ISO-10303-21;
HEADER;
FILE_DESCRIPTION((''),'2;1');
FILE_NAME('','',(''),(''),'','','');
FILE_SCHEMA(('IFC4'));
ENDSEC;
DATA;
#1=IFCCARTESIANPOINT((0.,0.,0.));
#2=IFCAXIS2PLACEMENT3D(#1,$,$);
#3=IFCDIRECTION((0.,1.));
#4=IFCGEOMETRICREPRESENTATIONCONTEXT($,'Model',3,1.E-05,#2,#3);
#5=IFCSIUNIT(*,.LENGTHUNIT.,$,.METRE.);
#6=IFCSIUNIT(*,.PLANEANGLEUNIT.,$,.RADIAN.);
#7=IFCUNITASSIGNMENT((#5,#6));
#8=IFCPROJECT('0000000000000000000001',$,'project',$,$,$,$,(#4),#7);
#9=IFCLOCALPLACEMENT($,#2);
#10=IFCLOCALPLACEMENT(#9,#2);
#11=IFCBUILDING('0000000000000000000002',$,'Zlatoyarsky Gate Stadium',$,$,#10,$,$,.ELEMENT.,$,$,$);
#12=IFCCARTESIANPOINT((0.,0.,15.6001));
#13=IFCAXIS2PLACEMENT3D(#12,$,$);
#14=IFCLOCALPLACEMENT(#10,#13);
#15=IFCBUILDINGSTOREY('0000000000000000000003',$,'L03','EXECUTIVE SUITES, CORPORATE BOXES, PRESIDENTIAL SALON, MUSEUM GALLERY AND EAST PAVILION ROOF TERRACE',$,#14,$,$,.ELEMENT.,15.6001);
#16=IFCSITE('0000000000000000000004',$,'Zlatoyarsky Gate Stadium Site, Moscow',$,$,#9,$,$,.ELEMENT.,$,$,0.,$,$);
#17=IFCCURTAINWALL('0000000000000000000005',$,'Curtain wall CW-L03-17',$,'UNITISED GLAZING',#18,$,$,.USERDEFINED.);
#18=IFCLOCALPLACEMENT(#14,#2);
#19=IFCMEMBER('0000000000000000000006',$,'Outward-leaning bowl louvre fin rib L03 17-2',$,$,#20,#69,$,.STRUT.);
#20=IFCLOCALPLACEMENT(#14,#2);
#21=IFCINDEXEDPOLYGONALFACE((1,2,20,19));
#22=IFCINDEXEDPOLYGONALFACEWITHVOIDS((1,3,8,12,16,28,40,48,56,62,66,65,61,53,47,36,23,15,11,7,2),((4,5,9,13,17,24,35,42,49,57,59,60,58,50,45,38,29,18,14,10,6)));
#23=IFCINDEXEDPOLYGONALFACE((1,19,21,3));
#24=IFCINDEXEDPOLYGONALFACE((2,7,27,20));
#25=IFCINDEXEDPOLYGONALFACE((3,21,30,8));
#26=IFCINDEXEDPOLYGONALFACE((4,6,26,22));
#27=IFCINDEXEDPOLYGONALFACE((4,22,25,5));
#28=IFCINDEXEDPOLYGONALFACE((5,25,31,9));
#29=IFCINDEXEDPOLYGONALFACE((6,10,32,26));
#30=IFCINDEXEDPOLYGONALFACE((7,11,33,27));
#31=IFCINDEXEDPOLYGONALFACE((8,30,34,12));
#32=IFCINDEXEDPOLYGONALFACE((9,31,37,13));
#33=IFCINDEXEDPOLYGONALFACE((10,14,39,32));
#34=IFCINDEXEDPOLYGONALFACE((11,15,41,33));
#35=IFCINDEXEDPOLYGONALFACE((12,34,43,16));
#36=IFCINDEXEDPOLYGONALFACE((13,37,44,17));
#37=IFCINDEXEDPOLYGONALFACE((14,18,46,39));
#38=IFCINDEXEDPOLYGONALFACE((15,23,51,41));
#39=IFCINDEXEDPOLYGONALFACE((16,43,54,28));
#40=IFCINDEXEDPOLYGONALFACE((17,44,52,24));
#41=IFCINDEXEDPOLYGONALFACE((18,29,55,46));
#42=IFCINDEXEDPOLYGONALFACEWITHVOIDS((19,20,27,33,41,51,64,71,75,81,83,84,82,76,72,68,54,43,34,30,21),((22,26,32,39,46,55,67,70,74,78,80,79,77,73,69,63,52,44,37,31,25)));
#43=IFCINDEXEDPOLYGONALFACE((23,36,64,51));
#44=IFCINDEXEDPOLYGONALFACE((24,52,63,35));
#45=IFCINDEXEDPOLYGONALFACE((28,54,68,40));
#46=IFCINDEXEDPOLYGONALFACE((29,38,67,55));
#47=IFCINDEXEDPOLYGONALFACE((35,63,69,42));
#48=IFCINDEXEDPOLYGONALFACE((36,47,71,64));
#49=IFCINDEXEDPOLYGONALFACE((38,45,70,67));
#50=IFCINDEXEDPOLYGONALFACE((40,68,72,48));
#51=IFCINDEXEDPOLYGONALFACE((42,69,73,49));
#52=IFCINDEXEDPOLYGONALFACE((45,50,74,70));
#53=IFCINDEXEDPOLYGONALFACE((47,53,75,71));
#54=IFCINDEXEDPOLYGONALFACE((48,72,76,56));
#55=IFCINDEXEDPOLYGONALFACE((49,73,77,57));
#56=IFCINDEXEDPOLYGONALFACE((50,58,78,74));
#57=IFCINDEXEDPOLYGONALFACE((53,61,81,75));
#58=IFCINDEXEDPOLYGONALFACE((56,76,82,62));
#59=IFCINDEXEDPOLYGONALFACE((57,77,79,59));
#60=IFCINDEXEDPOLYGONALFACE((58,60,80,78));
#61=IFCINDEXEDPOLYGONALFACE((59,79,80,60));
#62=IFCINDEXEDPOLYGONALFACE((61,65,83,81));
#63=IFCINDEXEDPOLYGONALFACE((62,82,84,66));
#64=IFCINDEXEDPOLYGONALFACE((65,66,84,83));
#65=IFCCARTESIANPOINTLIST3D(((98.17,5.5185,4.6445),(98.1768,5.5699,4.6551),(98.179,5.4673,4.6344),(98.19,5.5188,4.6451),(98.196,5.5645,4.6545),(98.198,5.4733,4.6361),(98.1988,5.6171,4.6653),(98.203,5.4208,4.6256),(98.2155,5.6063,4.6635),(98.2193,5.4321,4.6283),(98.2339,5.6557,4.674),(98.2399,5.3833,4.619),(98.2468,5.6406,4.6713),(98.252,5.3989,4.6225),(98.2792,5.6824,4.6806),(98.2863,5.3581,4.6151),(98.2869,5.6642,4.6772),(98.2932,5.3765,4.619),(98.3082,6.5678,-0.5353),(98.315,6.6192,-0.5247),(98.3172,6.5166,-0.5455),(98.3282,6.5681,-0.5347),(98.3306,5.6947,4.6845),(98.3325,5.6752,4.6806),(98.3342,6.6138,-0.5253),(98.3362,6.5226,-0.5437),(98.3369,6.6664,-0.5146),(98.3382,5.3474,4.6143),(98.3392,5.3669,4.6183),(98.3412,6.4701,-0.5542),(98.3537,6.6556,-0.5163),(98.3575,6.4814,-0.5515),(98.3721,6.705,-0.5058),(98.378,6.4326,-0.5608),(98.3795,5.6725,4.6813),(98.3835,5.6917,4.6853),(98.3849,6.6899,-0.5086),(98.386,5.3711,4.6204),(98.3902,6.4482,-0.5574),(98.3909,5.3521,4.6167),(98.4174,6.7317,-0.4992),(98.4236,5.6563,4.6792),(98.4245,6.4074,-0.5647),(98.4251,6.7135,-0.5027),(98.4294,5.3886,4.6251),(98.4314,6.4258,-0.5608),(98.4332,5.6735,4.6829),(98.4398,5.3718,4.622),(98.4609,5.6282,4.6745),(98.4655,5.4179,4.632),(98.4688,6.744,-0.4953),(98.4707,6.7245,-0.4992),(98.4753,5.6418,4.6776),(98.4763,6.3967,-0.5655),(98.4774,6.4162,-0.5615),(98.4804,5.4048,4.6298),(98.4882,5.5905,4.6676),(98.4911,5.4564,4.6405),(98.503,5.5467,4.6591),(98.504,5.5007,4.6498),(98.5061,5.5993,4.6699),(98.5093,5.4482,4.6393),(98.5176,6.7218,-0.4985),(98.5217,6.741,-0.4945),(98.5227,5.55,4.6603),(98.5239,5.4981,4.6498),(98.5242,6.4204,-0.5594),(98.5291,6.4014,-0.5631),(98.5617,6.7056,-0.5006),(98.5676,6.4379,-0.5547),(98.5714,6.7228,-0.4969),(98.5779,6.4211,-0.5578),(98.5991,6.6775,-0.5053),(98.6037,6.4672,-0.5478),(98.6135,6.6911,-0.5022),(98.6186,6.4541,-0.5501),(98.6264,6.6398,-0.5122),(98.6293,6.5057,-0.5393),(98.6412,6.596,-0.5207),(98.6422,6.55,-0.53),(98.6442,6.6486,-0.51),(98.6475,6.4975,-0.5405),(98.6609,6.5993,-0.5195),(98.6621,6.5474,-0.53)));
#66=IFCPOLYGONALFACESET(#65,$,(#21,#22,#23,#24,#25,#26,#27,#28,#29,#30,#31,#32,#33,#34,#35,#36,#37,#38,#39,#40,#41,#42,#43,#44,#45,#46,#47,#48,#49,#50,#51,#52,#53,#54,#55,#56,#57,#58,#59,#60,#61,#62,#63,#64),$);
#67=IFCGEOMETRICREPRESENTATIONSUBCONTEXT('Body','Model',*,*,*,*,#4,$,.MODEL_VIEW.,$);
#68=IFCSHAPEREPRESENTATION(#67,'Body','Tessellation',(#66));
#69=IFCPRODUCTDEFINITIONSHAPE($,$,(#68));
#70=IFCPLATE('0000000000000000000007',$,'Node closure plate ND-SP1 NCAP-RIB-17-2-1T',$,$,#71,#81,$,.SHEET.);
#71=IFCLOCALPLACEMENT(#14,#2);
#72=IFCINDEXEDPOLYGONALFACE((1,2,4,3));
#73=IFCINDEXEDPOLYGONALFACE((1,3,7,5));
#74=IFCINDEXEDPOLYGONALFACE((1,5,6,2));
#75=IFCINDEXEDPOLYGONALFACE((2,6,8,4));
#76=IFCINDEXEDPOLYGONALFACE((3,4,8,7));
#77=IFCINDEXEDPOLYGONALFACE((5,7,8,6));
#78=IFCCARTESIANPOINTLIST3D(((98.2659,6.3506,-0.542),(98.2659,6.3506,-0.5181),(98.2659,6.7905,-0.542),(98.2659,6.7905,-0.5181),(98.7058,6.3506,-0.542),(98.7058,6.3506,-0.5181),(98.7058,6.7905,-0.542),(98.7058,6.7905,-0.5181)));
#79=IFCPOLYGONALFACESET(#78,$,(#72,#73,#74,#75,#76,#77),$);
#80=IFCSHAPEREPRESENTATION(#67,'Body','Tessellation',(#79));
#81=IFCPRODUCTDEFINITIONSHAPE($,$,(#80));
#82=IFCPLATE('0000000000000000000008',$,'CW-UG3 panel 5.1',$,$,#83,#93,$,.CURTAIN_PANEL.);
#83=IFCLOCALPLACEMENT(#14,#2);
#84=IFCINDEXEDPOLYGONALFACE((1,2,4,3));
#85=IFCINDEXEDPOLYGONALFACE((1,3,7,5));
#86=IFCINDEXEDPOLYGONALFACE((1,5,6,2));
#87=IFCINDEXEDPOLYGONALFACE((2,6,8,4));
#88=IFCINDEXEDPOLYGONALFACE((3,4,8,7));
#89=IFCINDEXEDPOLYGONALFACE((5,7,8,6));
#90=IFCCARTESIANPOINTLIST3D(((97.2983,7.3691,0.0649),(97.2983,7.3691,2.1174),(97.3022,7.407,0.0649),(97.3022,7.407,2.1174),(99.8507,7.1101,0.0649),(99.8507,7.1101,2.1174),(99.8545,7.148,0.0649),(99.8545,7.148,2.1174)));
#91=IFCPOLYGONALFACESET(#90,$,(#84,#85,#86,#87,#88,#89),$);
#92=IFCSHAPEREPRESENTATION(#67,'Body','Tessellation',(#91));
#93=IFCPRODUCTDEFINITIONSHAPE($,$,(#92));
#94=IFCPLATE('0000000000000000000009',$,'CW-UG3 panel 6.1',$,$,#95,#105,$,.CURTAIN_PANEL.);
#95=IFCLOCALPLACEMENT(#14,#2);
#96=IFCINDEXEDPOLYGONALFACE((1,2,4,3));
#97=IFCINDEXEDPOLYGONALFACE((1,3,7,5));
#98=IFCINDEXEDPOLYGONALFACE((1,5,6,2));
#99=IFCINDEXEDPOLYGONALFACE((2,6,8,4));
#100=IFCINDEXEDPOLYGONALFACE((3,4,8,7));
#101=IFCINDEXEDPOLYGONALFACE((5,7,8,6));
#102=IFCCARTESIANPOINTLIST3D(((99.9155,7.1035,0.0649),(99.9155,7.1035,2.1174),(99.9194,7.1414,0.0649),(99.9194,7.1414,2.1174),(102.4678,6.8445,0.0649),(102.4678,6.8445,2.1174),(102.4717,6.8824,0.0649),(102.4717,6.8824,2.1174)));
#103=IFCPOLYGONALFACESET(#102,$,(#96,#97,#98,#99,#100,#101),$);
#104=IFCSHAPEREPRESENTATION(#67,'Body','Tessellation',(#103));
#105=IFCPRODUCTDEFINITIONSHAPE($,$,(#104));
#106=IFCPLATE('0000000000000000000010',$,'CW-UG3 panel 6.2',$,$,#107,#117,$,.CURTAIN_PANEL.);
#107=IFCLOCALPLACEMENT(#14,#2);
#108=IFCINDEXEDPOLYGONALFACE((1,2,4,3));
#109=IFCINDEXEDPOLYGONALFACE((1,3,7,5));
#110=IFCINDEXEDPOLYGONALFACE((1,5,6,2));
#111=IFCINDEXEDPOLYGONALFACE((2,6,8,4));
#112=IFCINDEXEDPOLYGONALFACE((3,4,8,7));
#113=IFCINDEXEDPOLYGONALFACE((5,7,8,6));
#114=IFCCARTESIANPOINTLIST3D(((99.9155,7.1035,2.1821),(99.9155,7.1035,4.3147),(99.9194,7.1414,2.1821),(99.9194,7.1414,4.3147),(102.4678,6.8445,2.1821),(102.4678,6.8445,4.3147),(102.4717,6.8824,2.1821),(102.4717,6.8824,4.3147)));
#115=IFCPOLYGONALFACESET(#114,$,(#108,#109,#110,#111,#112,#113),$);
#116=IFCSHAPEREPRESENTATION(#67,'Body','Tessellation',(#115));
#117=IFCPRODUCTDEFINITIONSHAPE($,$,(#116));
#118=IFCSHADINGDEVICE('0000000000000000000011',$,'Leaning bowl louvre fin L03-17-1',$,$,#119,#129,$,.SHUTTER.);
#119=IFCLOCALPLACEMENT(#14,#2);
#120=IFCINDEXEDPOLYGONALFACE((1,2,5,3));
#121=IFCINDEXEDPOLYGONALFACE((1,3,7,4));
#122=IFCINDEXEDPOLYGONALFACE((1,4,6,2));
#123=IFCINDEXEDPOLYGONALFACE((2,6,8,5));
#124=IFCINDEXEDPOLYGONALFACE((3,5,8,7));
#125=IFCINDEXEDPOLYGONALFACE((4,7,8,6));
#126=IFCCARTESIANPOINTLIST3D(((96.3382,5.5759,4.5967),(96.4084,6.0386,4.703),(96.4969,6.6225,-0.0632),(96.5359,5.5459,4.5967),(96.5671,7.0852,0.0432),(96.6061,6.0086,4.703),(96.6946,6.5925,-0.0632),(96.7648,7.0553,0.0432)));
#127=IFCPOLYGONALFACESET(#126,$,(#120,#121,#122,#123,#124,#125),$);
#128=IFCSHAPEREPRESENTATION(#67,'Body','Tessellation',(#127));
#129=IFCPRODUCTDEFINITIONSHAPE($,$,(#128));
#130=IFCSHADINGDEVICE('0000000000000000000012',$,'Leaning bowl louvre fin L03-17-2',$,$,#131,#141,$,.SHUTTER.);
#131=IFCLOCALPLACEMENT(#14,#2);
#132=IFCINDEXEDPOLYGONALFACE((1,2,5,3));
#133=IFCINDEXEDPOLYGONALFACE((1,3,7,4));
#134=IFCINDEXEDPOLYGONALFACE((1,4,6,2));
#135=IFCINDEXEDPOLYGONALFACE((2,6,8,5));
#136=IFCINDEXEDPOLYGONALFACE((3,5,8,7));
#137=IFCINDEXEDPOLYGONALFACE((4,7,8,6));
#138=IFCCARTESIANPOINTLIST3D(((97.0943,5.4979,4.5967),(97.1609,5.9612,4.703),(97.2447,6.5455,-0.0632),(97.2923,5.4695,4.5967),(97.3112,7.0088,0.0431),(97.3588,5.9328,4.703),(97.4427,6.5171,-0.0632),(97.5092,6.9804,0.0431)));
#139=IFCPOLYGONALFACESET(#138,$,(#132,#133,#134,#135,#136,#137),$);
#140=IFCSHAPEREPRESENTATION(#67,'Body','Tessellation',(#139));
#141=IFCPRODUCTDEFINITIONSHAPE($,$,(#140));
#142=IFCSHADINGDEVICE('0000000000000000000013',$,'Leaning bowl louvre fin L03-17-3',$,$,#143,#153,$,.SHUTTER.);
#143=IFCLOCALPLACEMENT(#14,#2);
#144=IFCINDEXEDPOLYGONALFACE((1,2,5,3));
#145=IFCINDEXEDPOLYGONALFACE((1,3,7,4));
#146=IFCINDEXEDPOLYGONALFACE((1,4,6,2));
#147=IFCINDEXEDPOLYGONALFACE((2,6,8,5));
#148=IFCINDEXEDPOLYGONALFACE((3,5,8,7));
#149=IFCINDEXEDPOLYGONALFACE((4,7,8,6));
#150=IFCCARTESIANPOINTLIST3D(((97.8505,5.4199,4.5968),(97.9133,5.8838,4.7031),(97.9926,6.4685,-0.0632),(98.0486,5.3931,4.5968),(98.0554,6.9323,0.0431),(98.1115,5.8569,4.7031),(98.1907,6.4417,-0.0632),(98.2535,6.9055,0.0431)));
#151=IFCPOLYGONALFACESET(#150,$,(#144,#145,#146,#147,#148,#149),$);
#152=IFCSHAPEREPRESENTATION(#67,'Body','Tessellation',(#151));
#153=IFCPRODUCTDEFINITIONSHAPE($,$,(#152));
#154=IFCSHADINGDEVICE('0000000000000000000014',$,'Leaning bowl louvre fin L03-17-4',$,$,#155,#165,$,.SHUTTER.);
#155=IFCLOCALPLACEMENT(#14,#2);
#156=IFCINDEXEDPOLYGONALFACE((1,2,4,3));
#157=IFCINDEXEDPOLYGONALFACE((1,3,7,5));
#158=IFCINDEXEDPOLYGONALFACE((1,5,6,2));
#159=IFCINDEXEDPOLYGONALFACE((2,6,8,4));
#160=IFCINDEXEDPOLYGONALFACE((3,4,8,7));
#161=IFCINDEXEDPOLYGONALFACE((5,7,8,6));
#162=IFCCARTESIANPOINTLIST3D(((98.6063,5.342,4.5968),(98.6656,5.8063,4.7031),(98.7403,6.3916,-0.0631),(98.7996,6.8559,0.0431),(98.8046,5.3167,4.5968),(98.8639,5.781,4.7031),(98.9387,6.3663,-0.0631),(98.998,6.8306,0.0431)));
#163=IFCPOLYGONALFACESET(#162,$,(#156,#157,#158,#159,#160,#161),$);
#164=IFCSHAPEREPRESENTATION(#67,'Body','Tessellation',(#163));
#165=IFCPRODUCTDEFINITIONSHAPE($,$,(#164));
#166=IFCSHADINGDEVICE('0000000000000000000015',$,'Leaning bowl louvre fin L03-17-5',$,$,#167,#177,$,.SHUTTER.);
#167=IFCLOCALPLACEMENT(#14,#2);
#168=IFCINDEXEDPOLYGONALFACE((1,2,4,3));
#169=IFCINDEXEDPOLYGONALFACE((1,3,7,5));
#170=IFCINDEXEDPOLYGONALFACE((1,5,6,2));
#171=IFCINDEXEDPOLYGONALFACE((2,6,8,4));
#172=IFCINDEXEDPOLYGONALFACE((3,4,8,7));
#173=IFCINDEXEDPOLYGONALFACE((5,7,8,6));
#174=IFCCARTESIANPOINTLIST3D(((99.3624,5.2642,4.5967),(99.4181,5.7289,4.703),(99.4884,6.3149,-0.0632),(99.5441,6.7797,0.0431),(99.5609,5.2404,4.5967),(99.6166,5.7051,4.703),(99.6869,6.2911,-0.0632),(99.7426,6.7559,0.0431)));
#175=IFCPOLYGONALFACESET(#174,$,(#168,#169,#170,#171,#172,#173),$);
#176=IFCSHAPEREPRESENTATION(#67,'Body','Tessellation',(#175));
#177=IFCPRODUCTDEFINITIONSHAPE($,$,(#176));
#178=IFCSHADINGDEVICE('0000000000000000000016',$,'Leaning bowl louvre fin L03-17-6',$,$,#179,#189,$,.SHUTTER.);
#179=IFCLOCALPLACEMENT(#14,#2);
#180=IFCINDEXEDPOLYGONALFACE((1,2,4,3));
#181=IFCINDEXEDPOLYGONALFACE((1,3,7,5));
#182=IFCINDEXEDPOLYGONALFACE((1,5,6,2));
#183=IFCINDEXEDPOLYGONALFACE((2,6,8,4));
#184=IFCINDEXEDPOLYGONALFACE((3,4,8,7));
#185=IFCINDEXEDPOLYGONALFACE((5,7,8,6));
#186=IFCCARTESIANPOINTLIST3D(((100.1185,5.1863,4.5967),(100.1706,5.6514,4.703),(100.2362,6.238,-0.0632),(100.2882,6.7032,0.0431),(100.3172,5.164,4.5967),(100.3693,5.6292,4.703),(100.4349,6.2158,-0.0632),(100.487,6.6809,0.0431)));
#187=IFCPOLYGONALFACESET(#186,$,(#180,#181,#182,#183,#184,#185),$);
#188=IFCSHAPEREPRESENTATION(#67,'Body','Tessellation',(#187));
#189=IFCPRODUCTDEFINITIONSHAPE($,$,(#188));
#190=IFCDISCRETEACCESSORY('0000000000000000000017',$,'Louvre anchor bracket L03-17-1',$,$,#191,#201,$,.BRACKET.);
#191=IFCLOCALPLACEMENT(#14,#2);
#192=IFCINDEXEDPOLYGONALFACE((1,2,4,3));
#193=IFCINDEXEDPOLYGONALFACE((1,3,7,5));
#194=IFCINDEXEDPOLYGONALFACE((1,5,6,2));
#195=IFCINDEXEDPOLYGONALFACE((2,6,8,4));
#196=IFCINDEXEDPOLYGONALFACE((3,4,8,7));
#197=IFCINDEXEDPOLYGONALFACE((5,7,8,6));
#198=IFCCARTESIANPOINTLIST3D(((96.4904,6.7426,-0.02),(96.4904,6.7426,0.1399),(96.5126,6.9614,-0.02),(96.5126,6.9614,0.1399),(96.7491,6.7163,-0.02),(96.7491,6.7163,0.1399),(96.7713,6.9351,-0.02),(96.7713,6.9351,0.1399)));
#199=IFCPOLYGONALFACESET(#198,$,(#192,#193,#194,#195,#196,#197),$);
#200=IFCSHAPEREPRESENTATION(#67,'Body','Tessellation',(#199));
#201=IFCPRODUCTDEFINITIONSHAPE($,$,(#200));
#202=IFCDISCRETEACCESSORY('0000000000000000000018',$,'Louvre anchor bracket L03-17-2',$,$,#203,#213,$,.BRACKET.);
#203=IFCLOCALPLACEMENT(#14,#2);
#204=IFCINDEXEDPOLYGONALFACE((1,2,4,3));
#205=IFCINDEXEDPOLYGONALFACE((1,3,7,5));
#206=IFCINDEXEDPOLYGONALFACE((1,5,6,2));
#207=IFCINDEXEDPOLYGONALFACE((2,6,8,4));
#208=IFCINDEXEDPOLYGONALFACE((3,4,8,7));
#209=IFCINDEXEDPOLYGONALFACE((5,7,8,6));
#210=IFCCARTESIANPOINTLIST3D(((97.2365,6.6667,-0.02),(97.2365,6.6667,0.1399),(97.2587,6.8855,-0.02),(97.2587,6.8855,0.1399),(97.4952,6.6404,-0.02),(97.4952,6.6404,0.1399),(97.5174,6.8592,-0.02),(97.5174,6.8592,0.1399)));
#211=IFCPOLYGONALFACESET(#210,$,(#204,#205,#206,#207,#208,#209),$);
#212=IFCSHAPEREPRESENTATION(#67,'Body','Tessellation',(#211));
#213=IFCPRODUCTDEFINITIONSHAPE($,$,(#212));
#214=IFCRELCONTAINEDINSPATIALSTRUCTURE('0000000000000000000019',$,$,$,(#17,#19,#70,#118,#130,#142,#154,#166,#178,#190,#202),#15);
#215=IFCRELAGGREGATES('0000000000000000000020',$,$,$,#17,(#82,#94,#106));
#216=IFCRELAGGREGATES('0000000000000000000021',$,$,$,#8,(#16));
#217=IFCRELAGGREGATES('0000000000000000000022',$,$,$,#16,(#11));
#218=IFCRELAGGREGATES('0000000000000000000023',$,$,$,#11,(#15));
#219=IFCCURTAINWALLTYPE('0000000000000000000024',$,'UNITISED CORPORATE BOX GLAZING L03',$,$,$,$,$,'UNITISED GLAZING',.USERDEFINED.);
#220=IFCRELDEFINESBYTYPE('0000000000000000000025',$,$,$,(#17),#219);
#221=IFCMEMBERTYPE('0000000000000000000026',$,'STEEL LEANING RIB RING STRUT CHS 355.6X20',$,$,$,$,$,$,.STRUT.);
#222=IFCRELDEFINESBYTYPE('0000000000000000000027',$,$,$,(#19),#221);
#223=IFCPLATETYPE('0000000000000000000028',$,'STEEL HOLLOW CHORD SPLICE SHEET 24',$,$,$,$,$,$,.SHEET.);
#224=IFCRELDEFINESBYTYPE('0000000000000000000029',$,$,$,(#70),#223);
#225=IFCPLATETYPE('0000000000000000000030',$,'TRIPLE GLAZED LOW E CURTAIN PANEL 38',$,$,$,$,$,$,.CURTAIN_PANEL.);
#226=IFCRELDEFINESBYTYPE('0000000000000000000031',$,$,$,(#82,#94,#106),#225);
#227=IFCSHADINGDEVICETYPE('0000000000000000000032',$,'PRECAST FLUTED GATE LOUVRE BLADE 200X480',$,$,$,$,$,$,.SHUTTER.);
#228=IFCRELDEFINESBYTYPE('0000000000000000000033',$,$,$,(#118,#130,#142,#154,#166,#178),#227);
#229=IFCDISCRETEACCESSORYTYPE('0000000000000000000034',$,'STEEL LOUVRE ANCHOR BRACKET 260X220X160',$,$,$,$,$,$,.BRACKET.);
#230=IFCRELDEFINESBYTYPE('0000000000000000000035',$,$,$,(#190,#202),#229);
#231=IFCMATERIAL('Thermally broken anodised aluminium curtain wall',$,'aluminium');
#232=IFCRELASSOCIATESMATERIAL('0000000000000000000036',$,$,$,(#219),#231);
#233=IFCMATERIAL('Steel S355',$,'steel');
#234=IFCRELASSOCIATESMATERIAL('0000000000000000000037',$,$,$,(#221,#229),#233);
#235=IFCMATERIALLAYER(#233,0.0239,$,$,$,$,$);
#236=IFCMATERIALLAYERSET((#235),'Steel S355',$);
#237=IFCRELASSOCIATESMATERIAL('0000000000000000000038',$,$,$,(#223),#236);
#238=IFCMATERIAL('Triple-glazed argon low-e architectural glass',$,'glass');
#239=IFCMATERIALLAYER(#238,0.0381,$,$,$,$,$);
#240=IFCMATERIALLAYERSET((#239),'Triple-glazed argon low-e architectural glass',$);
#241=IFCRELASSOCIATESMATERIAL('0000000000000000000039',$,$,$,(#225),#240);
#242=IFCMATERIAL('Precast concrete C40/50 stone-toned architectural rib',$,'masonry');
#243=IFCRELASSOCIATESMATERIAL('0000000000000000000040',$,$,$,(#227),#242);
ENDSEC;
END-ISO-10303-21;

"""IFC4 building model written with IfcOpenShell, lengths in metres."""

from ifc_helpers import new_model, si_unit, direction, frame, origin, origin_2d, place, context, subcontext, project, spatial, rectangle, hollow_circle, extrude, material, layer, layer_set, material_profile, profile_set, type_object, element, aggregate, save


model = new_model("IFC4")

# Units and contexts
model_context = context("Model", 3, precision=1e-05, world=origin(), true_north=direction((0.0, 1.0)))
body_context = subcontext(model_context, "Body", "Model", "MODEL_VIEW")
ifc_project = project(units=[si_unit("LENGTHUNIT", "METRE"), si_unit("PLANEANGLEUNIT", "RADIAN")], contexts=[model_context])

# Site, building, storey
site_placement = place(None, origin())
site = spatial("IfcSite", under=ifc_project, at=site_placement, Name="Zlatoyarsky Gate Stadium Site, Moscow", CompositionType="ELEMENT", RefElevation=0.0)
building_placement = place(site_placement, origin())
building = spatial("IfcBuilding", under=site, at=building_placement, Name="Zlatoyarsky Gate Stadium", CompositionType="ELEMENT")
storey_placement = place(building_placement, frame((0.0, 0.0, 15.6001)))
storey = spatial("IfcBuildingStorey", under=building, at=storey_placement, Name="L03", Description="EXECUTIVE SUITES, CORPORATE BOXES, PRESIDENTIAL SALON, MUSEUM GALLERY AND EAST PAVILION ROOF TERRACE", CompositionType="ELEMENT", Elevation=15.6001)

# Curtain wall
ifc_material_1 = material(Name="Thermally broken anodised aluminium curtain wall", Category="aluminium")
curtain_wall_type = type_object("IfcCurtainWallType", Name="UNITISED CORPORATE BOX GLAZING L03", ElementType="UNITISED GLAZING", PredefinedType="USERDEFINED", material=ifc_material_1)
curtain_wall_placement = place(storey_placement, origin())
curtain_wall = element("IfcCurtainWall", 1, at=curtain_wall_placement, inside=storey, type_object=curtain_wall_type, Name="Curtain wall CW-L03-17", ObjectType="UNITISED GLAZING", PredefinedType="USERDEFINED")

# Shared definitions
ifc_material_2 = material(Name="Steel S355", Category="steel")

# Member
ifc_material_profile_1 = material_profile(ifc_material_2, hollow_circle(Radius=0.1777, WallThickness=0.02, at=origin_2d()), Name="CHS 355.6X20")
ifc_profile_set_1 = profile_set([ifc_material_profile_1], Name="Steel S355")
member_type_1 = type_object("IfcMemberType", Name="STEEL LEANING RIB RING STRUT CHS 355.6X20", PredefinedType="STRUT", material=ifc_profile_set_1)
member_1_placement = place(storey_placement, frame((98.4858, 6.5706, -0.53), z_axis=(-0.026137, -0.198473, 0.979758), x_axis=(0.99144, -0.130562, 0.0)))
element("IfcMember", 2, at=member_1_placement, inside=storey, type_object=member_type_1, Name="Outward-leaning bowl louvre fin rib L03 17-2", PredefinedType="STRUT", context=body_context, shape_type="SweptSolid", body=[
    extrude(hollow_circle(Radius=0.1777, WallThickness=0.02, at=origin_2d()), origin(), (0.0, 0.0, 1.0), 5.2869),
])

# Plates
ifc_layer_1 = layer(ifc_material_2, 0.0239)
ifc_layer_set_1 = layer_set([ifc_layer_1], Name="Steel S355")
plate_type_1 = type_object("IfcPlateType", Name="STEEL HOLLOW CHORD SPLICE SHEET 24", PredefinedType="SHEET", material=ifc_layer_set_1)
plate_1_placement = place(storey_placement, frame((98.4858, 6.5706, -0.542), z_axis=(0.0, 0.0, 1.0), x_axis=(1.0, 0.0, 0.0)))
element("IfcPlate", 3, at=plate_1_placement, inside=storey, type_object=plate_type_1, Name="Node closure plate ND-SP1 NCAP-RIB-17-2-1T", PredefinedType="SHEET", context=body_context, shape_type="SweptSolid", body=[
    extrude(rectangle(XDim=0.4399, YDim=0.4399, at=origin_2d()), origin(), (0.0, 0.0, 1.0), 0.0239),
])
ifc_material_3 = material(Name="Triple-glazed argon low-e architectural glass", Category="glass")
ifc_layer_2 = layer(ifc_material_3, 0.0381)
ifc_layer_set_2 = layer_set([ifc_layer_2], Name="Triple-glazed argon low-e architectural glass")
plate_type_2 = type_object("IfcPlateType", Name="TRIPLE GLAZED LOW E CURTAIN PANEL 38", PredefinedType="CURTAIN_PANEL", material=ifc_layer_set_2)
plate_2_placement = place(storey_placement, frame((98.5764, 7.2585, 0.0649), z_axis=(0.0, 0.0, 1.0), x_axis=(0.99489, -0.100968, 0.0)))
plate_2 = element("IfcPlate", 4, at=plate_2_placement, type_object=plate_type_2, Name="CW-UG3 panel 5.1", PredefinedType="CURTAIN_PANEL", context=body_context, shape_type="SweptSolid", body=[
    extrude(rectangle(XDim=2.5654, YDim=0.0381, at=origin_2d()), origin(), (0.0, 0.0, 1.0), 2.0525),
])
plate_3_placement = place(storey_placement, frame((101.1936, 6.9929, 0.0649), z_axis=(0.0, 0.0, 1.0), x_axis=(0.99489, -0.100968, 0.0)))
plate_3 = element("IfcPlate", 5, at=plate_3_placement, type_object=plate_type_2, Name="CW-UG3 panel 6.1", PredefinedType="CURTAIN_PANEL", context=body_context, shape_type="SweptSolid", body=[
    extrude(rectangle(XDim=2.5654, YDim=0.0381, at=origin_2d()), origin(), (0.0, 0.0, 1.0), 2.0525),
])
plate_4_placement = place(storey_placement, frame((101.1936, 6.9929, 2.1821), z_axis=(0.0, 0.0, 1.0), x_axis=(0.99489, -0.100968, 0.0)))
plate_4 = element("IfcPlate", 6, at=plate_4_placement, type_object=plate_type_2, Name="CW-UG3 panel 6.2", PredefinedType="CURTAIN_PANEL", context=body_context, shape_type="SweptSolid", body=[
    extrude(rectangle(XDim=2.5654, YDim=0.0381, at=origin_2d()), origin(), (0.0, 0.0, 1.0), 2.1326),
])
aggregate(curtain_wall, [plate_2, plate_3, plate_4])

# Shading devices
ifc_material_4 = material(Name="Precast concrete C40/50 stone-toned architectural rib", Category="masonry")
ifc_material_profile_2 = material_profile(ifc_material_4, rectangle(XDim=0.2, YDim=0.48, at=origin_2d()), Name="RIB 200X480")
ifc_profile_set_2 = profile_set([ifc_material_profile_2], Name="Precast concrete C40/50 stone-toned architectural rib")
shading_device_type = type_object("IfcShadingDeviceType", Name="PRECAST FLUTED GATE LOUVRE BLADE 200X480", PredefinedType="SHUTTER", material=ifc_profile_set_2)
for number, where, z_axis, x_axis, name in (
    (7, (96.6309, 6.8389, -0.01), (-0.033208, -0.219023, 0.975154), (0.9887, -0.149908, 0.0), "Leaning bowl louvre fin L03-17-1"),
    (8, (97.377, 6.7629, -0.01), (-0.031472, -0.21923, 0.975166), (0.989852, -0.1421, 0.0), "Leaning bowl louvre fin L03-17-2"),
    (9, (98.123, 6.687, -0.01), (-0.029735, -0.219436, 0.975174), (0.990944, -0.134279, 0.0), "Leaning bowl louvre fin L03-17-3"),
    (10, (98.8691, 6.6111, -0.01), (-0.028049, -0.219641, 0.975177), (0.991944, -0.126675, 0.0), "Leaning bowl louvre fin L03-17-4"),
    (11, (99.6155, 6.5354, -0.01), (-0.026363, -0.219894, 0.975167), (0.99289, -0.119036, 0.0), "Leaning bowl louvre fin L03-17-5"),
    (12, (100.3616, 6.4595, -0.01), (-0.024626, -0.220098, 0.975167), (0.993799, -0.111191, 0.0), "Leaning bowl louvre fin L03-17-6"),
):
    element("IfcShadingDevice", number, at=place(storey_placement, frame(where, z_axis=z_axis, x_axis=x_axis)), inside=storey, type_object=shading_device_type, Name=name, PredefinedType="SHUTTER", context=body_context, shape_type="SweptSolid", body=[
        extrude(rectangle(XDim=0.2, YDim=0.48, at=origin_2d()), origin(), (0.0, 0.0, 1.0), 4.7786),
    ])

# Discrete accessories
discrete_accessory_type = type_object("IfcDiscreteAccessoryType", Name="STEEL LOUVRE ANCHOR BRACKET 260X220X160", PredefinedType="BRACKET", material=ifc_material_2)
for number, where, z_axis, x_axis, name in (
    (13, (96.6309, 6.8389, -0.02), (0.0, 0.0, 1.0), (0.994871, -0.101155, 0.0), "Louvre anchor bracket L03-17-1"),
    (14, (97.377, 6.7629, -0.02), (0.0, 0.0, 1.0), (0.994871, -0.101155, 0.0), "Louvre anchor bracket L03-17-2"),
):
    element("IfcDiscreteAccessory", number, at=place(storey_placement, frame(where, z_axis=z_axis, x_axis=x_axis)), inside=storey, type_object=discrete_accessory_type, Name=name, PredefinedType="BRACKET", context=body_context, shape_type="SweptSolid", body=[
        extrude(rectangle(XDim=0.26, YDim=0.22, at=origin_2d()), origin(), (0.0, 0.0, 1.0), 0.1599),
    ])

save(model, "model.ifc")
